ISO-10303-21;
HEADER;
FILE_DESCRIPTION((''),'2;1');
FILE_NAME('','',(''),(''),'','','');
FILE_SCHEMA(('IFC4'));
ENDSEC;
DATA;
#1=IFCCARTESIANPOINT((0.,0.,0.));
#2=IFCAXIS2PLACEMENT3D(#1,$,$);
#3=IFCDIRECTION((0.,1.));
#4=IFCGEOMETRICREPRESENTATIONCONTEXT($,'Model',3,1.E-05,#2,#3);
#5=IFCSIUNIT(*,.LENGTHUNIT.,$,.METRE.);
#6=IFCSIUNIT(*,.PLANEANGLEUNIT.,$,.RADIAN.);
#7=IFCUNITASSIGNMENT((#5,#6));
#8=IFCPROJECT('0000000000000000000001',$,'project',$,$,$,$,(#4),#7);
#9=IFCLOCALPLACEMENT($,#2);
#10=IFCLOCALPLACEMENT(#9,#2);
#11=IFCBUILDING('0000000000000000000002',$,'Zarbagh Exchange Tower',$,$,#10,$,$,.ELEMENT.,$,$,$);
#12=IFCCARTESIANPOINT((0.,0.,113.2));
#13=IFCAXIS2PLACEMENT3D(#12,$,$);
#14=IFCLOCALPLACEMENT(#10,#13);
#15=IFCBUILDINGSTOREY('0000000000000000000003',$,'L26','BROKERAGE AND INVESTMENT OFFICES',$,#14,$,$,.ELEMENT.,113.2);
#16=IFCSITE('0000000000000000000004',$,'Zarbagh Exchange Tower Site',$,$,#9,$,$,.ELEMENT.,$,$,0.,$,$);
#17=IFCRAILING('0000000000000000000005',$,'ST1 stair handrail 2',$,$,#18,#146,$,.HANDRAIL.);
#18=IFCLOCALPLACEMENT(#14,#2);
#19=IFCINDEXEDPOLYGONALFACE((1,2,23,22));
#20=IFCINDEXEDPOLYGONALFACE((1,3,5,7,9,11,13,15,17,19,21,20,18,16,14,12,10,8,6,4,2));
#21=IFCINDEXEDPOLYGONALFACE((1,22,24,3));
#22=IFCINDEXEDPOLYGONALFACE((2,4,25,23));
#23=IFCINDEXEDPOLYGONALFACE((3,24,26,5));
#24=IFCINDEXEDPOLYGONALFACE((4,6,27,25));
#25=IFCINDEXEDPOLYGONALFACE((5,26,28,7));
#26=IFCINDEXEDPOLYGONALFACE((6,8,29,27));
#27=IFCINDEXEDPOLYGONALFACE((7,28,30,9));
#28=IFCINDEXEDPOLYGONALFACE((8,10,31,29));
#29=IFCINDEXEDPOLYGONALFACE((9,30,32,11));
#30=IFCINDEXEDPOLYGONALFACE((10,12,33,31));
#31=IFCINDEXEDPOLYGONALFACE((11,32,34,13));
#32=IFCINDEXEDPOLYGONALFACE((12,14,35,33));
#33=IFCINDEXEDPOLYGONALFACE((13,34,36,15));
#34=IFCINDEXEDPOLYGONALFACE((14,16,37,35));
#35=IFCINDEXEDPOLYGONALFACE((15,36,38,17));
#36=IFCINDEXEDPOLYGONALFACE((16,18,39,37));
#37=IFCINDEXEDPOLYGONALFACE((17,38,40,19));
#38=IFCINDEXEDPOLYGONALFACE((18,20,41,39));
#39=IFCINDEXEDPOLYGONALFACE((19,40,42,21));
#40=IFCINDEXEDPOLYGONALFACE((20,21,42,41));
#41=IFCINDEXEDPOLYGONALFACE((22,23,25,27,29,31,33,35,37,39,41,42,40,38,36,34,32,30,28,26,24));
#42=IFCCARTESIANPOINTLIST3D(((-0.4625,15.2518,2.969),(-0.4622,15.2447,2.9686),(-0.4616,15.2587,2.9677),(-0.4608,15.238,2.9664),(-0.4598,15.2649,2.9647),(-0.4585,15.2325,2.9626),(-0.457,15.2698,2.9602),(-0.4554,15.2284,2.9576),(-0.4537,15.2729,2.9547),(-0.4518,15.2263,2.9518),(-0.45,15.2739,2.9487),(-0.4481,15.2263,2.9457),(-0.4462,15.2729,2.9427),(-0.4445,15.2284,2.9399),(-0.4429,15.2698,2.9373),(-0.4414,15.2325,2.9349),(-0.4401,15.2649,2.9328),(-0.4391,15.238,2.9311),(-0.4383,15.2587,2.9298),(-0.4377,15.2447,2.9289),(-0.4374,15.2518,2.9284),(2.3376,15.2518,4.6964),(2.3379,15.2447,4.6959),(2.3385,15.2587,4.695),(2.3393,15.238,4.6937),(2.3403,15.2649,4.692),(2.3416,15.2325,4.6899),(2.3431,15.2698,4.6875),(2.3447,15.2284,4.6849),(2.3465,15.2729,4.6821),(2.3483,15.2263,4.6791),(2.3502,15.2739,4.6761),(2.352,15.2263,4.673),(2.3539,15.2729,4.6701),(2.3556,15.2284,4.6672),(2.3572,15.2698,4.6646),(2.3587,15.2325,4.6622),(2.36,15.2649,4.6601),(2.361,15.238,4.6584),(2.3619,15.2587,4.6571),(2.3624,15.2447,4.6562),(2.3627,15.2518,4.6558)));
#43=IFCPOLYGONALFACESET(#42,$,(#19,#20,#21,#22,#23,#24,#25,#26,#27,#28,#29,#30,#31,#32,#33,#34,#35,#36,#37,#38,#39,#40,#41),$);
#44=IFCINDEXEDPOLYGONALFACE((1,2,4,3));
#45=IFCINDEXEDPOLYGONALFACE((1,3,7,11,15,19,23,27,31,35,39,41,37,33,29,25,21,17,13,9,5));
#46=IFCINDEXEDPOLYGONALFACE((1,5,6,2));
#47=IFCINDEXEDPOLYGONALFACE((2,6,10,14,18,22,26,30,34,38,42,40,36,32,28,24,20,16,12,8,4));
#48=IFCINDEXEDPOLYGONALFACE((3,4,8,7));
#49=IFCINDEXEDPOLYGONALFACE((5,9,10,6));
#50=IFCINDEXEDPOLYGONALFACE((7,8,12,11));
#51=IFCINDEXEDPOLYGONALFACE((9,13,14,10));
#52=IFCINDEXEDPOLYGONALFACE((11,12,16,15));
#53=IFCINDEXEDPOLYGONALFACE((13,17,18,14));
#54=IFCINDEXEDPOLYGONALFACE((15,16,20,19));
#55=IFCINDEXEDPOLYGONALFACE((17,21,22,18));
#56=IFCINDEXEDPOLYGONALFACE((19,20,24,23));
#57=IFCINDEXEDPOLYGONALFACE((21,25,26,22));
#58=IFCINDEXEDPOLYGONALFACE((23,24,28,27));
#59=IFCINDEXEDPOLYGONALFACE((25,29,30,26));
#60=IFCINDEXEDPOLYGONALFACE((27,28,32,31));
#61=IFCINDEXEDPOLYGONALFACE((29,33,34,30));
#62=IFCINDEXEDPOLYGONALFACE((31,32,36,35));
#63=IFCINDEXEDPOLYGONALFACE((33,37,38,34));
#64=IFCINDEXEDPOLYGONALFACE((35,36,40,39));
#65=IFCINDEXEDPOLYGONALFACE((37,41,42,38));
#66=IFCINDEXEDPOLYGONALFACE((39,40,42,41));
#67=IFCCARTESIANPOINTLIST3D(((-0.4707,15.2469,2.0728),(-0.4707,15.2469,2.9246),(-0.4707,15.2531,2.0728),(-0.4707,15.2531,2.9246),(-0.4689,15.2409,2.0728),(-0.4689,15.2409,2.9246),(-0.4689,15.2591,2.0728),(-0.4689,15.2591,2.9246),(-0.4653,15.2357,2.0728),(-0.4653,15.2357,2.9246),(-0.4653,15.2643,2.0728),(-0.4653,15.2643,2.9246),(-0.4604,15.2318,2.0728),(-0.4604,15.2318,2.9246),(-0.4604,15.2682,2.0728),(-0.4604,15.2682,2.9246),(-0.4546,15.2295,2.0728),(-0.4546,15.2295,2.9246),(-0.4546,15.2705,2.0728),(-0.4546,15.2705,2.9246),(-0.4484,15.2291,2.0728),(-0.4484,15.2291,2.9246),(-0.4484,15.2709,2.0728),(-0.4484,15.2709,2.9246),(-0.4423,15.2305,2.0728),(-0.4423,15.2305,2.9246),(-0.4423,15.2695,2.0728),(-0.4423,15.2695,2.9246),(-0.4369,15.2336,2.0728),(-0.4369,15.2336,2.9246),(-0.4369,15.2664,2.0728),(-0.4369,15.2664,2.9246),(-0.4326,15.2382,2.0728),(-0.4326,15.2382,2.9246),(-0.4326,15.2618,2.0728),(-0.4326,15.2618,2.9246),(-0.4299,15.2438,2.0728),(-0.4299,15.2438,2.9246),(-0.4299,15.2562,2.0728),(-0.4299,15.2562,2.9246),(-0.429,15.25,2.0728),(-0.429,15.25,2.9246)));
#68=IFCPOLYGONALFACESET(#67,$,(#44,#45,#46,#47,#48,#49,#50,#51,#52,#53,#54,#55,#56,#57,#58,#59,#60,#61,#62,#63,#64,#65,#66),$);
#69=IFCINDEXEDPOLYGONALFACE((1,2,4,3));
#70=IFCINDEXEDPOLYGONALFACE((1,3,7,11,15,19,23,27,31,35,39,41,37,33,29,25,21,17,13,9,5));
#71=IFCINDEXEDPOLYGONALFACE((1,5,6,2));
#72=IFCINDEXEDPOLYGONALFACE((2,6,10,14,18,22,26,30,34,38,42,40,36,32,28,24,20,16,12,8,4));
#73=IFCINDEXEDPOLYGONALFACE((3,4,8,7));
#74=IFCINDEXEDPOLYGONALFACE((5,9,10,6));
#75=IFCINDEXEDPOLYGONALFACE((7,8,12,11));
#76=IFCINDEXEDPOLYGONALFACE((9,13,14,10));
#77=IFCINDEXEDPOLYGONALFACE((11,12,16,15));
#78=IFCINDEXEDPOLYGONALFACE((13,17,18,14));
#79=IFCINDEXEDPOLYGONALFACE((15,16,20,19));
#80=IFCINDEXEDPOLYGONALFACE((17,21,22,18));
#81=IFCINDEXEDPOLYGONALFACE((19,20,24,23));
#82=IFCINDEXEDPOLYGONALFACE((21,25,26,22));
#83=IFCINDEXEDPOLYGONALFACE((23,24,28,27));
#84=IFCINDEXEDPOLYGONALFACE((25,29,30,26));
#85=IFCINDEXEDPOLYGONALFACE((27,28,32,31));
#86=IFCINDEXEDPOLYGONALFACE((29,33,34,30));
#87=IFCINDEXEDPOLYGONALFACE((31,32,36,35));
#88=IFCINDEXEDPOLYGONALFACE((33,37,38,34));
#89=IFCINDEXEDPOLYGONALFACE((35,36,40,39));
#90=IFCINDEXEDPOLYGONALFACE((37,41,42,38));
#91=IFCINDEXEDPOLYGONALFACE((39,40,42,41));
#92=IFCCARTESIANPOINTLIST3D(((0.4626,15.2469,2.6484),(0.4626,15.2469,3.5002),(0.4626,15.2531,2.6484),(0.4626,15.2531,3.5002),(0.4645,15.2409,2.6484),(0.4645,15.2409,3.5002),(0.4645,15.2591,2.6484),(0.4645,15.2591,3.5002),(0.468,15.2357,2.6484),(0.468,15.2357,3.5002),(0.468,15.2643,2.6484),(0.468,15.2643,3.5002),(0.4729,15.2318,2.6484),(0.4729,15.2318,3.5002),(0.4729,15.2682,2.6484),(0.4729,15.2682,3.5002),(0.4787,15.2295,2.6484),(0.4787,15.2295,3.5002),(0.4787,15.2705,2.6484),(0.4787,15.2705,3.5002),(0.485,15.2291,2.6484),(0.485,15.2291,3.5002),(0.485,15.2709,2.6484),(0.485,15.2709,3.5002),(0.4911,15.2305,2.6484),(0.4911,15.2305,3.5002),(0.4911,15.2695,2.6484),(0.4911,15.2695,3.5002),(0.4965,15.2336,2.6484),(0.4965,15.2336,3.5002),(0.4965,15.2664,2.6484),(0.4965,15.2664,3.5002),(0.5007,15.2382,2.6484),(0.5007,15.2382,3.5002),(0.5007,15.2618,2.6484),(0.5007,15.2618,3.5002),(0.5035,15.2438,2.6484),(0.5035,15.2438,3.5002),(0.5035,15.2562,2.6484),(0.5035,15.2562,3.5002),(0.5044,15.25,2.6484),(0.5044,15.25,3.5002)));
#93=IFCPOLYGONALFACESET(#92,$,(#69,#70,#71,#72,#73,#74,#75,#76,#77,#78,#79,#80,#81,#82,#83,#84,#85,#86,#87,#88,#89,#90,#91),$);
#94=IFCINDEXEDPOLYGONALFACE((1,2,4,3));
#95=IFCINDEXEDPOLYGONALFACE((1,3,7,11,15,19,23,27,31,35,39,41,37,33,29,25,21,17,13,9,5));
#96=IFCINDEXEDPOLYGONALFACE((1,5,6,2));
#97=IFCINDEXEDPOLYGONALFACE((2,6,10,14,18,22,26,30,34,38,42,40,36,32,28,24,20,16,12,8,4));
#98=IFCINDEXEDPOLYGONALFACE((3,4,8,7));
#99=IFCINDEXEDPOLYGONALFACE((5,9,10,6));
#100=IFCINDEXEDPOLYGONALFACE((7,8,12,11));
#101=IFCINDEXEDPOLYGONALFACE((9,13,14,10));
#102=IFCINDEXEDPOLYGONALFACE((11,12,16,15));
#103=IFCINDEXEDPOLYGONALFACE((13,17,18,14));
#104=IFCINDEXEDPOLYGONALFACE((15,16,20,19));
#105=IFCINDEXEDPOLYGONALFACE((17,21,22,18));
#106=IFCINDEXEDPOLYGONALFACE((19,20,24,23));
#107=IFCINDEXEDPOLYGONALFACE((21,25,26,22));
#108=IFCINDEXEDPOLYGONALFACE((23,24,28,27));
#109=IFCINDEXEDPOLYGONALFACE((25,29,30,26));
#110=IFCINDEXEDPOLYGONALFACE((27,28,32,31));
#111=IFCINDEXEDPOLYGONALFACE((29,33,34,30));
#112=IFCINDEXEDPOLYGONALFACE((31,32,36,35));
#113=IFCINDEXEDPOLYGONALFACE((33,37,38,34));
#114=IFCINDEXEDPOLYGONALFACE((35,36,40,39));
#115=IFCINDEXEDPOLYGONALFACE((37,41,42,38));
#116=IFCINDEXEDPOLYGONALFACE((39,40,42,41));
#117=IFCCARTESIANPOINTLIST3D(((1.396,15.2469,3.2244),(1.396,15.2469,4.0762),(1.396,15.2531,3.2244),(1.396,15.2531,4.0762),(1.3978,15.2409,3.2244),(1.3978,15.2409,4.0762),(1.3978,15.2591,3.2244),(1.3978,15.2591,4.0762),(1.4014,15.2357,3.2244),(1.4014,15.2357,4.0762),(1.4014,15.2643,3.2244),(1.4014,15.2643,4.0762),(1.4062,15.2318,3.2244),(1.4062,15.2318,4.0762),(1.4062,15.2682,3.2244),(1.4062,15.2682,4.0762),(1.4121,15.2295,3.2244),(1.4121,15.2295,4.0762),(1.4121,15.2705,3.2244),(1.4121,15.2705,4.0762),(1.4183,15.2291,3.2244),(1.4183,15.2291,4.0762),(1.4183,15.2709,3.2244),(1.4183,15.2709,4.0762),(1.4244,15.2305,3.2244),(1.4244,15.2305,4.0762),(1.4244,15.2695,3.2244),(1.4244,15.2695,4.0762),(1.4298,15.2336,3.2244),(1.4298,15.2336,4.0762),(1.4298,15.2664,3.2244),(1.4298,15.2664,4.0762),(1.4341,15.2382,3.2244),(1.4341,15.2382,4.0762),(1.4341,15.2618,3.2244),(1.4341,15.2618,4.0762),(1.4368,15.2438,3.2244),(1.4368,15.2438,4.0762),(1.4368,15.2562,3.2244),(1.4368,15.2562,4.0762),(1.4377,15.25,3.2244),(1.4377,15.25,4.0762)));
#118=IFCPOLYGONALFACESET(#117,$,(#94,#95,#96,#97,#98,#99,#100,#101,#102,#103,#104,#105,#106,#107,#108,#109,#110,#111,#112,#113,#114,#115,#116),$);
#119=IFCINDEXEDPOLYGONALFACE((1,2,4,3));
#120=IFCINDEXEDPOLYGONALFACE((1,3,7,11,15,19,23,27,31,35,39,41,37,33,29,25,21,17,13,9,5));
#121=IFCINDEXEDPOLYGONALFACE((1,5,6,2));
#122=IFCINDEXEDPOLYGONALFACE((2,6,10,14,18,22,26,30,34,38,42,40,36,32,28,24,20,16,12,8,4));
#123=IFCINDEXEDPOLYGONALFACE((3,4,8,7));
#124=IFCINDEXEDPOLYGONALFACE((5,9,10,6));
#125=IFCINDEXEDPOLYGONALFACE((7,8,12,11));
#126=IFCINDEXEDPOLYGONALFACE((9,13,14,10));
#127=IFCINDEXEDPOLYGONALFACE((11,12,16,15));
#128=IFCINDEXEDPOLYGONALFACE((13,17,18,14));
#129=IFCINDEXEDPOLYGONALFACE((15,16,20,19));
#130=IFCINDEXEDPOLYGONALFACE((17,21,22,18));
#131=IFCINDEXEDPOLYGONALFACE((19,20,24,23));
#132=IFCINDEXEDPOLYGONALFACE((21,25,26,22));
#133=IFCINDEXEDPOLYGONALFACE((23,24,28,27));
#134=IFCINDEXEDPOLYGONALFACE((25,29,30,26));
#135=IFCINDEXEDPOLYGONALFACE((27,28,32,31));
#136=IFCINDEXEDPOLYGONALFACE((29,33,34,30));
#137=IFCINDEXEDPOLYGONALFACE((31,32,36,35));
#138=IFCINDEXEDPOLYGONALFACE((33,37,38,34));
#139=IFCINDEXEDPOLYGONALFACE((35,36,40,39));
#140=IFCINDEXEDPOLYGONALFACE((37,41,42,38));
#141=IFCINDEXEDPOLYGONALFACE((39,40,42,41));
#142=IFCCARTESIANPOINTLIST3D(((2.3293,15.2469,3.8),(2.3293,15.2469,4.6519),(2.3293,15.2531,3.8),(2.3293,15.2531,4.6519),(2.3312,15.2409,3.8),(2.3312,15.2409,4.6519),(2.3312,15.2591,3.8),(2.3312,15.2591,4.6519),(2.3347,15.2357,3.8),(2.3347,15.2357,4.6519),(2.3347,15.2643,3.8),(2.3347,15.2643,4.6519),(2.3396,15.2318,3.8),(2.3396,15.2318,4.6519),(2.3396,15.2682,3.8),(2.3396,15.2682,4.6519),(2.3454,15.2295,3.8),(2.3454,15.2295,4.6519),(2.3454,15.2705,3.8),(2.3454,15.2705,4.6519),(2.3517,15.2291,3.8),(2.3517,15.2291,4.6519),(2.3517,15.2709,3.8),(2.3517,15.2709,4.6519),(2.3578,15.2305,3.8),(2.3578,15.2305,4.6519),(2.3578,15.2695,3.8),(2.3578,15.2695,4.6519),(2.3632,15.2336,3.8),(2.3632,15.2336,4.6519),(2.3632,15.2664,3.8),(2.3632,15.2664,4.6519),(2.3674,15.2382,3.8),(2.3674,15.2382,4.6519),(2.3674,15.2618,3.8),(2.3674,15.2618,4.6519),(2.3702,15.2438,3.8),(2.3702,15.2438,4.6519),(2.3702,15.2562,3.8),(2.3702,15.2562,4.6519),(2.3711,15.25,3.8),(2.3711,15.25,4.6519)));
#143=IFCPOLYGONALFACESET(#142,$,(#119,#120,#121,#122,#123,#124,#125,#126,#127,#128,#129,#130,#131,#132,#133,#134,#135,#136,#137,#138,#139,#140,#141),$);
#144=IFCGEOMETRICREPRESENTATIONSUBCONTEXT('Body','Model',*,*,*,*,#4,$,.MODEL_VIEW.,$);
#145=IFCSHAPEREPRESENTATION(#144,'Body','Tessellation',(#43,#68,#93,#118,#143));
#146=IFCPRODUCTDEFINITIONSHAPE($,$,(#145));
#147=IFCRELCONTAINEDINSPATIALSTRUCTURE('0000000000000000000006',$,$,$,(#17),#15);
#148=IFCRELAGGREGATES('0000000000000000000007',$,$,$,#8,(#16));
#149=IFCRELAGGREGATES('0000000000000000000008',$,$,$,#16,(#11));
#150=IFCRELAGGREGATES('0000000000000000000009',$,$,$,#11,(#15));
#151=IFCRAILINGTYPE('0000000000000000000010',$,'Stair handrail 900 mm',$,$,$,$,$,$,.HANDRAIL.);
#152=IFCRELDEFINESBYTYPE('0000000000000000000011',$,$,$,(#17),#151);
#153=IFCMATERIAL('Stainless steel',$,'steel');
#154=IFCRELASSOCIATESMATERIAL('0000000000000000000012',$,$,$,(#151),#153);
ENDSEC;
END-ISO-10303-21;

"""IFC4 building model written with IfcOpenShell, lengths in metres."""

from ifc_helpers import new_model, si_unit, direction, frame, origin, origin_2d, place, context, subcontext, project, spatial, circle, extrude, material, type_object, element, save


model = new_model("IFC4")

# Units and contexts
model_context = context("Model", 3, precision=1e-05, world=origin(), true_north=direction((0.0, 1.0)))
body_context = subcontext(model_context, "Body", "Model", "MODEL_VIEW")
ifc_project = project(units=[si_unit("LENGTHUNIT", "METRE"), si_unit("PLANEANGLEUNIT", "RADIAN")], contexts=[model_context])

# Site, building, storey
site_placement = place(None, origin())
site = spatial("IfcSite", under=ifc_project, at=site_placement, Name="Zarbagh Exchange Tower Site", CompositionType="ELEMENT", RefElevation=0.0)
building_placement = place(site_placement, origin())
building = spatial("IfcBuilding", under=site, at=building_placement, Name="Zarbagh Exchange Tower", CompositionType="ELEMENT")
storey_placement = place(building_placement, frame((0.0, 0.0, 113.2)))
storey = spatial("IfcBuildingStorey", under=building, at=storey_placement, Name="L26", Description="BROKERAGE AND INVESTMENT OFFICES", CompositionType="ELEMENT", Elevation=113.2)

# Shared definitions
ifc_material_1 = material(Name="Stainless steel", Category="steel")

# Railing
railing_type_1 = type_object("IfcRailingType", Name="Stair handrail 900 mm", PredefinedType="HANDRAIL", material=ifc_material_1)
for number, where, name in (
    (1, (-0.45, 15.25, 2.0728), "ST1 stair handrail 2"),
):
    element("IfcRailing", number, at=place(storey_placement, frame(where)), inside=storey, type_object=railing_type_1, Name=name, PredefinedType="HANDRAIL", context=body_context, shape_type="SweptSolid", body=[
        extrude(circle(Radius=0.0239, at=origin_2d()), frame((0.0, 0.0, 0.876), z_axis=(0.85109, 0.0, 0.52502), x_axis=(0.0, 1.0, 0.0)), (0.0, 0.0, 1.0), 3.29),
        extrude(circle(Radius=0.021, at=origin_2d()), origin(), (0.0, 0.0, 1.0), 0.8518),
        extrude(circle(Radius=0.021, at=origin_2d()), frame((0.9333, 0.0, 0.5757)), (0.0, 0.0, 1.0), 0.8518),
        extrude(circle(Radius=0.021, at=origin_2d()), frame((1.8667, 0.0, 1.1516)), (0.0, 0.0, 1.0), 0.8518),
        extrude(circle(Radius=0.021, at=origin_2d()), frame((2.8, 0.0, 1.7273)), (0.0, 0.0, 1.0), 0.8518),
    ])

save(model, "model.ifc")
